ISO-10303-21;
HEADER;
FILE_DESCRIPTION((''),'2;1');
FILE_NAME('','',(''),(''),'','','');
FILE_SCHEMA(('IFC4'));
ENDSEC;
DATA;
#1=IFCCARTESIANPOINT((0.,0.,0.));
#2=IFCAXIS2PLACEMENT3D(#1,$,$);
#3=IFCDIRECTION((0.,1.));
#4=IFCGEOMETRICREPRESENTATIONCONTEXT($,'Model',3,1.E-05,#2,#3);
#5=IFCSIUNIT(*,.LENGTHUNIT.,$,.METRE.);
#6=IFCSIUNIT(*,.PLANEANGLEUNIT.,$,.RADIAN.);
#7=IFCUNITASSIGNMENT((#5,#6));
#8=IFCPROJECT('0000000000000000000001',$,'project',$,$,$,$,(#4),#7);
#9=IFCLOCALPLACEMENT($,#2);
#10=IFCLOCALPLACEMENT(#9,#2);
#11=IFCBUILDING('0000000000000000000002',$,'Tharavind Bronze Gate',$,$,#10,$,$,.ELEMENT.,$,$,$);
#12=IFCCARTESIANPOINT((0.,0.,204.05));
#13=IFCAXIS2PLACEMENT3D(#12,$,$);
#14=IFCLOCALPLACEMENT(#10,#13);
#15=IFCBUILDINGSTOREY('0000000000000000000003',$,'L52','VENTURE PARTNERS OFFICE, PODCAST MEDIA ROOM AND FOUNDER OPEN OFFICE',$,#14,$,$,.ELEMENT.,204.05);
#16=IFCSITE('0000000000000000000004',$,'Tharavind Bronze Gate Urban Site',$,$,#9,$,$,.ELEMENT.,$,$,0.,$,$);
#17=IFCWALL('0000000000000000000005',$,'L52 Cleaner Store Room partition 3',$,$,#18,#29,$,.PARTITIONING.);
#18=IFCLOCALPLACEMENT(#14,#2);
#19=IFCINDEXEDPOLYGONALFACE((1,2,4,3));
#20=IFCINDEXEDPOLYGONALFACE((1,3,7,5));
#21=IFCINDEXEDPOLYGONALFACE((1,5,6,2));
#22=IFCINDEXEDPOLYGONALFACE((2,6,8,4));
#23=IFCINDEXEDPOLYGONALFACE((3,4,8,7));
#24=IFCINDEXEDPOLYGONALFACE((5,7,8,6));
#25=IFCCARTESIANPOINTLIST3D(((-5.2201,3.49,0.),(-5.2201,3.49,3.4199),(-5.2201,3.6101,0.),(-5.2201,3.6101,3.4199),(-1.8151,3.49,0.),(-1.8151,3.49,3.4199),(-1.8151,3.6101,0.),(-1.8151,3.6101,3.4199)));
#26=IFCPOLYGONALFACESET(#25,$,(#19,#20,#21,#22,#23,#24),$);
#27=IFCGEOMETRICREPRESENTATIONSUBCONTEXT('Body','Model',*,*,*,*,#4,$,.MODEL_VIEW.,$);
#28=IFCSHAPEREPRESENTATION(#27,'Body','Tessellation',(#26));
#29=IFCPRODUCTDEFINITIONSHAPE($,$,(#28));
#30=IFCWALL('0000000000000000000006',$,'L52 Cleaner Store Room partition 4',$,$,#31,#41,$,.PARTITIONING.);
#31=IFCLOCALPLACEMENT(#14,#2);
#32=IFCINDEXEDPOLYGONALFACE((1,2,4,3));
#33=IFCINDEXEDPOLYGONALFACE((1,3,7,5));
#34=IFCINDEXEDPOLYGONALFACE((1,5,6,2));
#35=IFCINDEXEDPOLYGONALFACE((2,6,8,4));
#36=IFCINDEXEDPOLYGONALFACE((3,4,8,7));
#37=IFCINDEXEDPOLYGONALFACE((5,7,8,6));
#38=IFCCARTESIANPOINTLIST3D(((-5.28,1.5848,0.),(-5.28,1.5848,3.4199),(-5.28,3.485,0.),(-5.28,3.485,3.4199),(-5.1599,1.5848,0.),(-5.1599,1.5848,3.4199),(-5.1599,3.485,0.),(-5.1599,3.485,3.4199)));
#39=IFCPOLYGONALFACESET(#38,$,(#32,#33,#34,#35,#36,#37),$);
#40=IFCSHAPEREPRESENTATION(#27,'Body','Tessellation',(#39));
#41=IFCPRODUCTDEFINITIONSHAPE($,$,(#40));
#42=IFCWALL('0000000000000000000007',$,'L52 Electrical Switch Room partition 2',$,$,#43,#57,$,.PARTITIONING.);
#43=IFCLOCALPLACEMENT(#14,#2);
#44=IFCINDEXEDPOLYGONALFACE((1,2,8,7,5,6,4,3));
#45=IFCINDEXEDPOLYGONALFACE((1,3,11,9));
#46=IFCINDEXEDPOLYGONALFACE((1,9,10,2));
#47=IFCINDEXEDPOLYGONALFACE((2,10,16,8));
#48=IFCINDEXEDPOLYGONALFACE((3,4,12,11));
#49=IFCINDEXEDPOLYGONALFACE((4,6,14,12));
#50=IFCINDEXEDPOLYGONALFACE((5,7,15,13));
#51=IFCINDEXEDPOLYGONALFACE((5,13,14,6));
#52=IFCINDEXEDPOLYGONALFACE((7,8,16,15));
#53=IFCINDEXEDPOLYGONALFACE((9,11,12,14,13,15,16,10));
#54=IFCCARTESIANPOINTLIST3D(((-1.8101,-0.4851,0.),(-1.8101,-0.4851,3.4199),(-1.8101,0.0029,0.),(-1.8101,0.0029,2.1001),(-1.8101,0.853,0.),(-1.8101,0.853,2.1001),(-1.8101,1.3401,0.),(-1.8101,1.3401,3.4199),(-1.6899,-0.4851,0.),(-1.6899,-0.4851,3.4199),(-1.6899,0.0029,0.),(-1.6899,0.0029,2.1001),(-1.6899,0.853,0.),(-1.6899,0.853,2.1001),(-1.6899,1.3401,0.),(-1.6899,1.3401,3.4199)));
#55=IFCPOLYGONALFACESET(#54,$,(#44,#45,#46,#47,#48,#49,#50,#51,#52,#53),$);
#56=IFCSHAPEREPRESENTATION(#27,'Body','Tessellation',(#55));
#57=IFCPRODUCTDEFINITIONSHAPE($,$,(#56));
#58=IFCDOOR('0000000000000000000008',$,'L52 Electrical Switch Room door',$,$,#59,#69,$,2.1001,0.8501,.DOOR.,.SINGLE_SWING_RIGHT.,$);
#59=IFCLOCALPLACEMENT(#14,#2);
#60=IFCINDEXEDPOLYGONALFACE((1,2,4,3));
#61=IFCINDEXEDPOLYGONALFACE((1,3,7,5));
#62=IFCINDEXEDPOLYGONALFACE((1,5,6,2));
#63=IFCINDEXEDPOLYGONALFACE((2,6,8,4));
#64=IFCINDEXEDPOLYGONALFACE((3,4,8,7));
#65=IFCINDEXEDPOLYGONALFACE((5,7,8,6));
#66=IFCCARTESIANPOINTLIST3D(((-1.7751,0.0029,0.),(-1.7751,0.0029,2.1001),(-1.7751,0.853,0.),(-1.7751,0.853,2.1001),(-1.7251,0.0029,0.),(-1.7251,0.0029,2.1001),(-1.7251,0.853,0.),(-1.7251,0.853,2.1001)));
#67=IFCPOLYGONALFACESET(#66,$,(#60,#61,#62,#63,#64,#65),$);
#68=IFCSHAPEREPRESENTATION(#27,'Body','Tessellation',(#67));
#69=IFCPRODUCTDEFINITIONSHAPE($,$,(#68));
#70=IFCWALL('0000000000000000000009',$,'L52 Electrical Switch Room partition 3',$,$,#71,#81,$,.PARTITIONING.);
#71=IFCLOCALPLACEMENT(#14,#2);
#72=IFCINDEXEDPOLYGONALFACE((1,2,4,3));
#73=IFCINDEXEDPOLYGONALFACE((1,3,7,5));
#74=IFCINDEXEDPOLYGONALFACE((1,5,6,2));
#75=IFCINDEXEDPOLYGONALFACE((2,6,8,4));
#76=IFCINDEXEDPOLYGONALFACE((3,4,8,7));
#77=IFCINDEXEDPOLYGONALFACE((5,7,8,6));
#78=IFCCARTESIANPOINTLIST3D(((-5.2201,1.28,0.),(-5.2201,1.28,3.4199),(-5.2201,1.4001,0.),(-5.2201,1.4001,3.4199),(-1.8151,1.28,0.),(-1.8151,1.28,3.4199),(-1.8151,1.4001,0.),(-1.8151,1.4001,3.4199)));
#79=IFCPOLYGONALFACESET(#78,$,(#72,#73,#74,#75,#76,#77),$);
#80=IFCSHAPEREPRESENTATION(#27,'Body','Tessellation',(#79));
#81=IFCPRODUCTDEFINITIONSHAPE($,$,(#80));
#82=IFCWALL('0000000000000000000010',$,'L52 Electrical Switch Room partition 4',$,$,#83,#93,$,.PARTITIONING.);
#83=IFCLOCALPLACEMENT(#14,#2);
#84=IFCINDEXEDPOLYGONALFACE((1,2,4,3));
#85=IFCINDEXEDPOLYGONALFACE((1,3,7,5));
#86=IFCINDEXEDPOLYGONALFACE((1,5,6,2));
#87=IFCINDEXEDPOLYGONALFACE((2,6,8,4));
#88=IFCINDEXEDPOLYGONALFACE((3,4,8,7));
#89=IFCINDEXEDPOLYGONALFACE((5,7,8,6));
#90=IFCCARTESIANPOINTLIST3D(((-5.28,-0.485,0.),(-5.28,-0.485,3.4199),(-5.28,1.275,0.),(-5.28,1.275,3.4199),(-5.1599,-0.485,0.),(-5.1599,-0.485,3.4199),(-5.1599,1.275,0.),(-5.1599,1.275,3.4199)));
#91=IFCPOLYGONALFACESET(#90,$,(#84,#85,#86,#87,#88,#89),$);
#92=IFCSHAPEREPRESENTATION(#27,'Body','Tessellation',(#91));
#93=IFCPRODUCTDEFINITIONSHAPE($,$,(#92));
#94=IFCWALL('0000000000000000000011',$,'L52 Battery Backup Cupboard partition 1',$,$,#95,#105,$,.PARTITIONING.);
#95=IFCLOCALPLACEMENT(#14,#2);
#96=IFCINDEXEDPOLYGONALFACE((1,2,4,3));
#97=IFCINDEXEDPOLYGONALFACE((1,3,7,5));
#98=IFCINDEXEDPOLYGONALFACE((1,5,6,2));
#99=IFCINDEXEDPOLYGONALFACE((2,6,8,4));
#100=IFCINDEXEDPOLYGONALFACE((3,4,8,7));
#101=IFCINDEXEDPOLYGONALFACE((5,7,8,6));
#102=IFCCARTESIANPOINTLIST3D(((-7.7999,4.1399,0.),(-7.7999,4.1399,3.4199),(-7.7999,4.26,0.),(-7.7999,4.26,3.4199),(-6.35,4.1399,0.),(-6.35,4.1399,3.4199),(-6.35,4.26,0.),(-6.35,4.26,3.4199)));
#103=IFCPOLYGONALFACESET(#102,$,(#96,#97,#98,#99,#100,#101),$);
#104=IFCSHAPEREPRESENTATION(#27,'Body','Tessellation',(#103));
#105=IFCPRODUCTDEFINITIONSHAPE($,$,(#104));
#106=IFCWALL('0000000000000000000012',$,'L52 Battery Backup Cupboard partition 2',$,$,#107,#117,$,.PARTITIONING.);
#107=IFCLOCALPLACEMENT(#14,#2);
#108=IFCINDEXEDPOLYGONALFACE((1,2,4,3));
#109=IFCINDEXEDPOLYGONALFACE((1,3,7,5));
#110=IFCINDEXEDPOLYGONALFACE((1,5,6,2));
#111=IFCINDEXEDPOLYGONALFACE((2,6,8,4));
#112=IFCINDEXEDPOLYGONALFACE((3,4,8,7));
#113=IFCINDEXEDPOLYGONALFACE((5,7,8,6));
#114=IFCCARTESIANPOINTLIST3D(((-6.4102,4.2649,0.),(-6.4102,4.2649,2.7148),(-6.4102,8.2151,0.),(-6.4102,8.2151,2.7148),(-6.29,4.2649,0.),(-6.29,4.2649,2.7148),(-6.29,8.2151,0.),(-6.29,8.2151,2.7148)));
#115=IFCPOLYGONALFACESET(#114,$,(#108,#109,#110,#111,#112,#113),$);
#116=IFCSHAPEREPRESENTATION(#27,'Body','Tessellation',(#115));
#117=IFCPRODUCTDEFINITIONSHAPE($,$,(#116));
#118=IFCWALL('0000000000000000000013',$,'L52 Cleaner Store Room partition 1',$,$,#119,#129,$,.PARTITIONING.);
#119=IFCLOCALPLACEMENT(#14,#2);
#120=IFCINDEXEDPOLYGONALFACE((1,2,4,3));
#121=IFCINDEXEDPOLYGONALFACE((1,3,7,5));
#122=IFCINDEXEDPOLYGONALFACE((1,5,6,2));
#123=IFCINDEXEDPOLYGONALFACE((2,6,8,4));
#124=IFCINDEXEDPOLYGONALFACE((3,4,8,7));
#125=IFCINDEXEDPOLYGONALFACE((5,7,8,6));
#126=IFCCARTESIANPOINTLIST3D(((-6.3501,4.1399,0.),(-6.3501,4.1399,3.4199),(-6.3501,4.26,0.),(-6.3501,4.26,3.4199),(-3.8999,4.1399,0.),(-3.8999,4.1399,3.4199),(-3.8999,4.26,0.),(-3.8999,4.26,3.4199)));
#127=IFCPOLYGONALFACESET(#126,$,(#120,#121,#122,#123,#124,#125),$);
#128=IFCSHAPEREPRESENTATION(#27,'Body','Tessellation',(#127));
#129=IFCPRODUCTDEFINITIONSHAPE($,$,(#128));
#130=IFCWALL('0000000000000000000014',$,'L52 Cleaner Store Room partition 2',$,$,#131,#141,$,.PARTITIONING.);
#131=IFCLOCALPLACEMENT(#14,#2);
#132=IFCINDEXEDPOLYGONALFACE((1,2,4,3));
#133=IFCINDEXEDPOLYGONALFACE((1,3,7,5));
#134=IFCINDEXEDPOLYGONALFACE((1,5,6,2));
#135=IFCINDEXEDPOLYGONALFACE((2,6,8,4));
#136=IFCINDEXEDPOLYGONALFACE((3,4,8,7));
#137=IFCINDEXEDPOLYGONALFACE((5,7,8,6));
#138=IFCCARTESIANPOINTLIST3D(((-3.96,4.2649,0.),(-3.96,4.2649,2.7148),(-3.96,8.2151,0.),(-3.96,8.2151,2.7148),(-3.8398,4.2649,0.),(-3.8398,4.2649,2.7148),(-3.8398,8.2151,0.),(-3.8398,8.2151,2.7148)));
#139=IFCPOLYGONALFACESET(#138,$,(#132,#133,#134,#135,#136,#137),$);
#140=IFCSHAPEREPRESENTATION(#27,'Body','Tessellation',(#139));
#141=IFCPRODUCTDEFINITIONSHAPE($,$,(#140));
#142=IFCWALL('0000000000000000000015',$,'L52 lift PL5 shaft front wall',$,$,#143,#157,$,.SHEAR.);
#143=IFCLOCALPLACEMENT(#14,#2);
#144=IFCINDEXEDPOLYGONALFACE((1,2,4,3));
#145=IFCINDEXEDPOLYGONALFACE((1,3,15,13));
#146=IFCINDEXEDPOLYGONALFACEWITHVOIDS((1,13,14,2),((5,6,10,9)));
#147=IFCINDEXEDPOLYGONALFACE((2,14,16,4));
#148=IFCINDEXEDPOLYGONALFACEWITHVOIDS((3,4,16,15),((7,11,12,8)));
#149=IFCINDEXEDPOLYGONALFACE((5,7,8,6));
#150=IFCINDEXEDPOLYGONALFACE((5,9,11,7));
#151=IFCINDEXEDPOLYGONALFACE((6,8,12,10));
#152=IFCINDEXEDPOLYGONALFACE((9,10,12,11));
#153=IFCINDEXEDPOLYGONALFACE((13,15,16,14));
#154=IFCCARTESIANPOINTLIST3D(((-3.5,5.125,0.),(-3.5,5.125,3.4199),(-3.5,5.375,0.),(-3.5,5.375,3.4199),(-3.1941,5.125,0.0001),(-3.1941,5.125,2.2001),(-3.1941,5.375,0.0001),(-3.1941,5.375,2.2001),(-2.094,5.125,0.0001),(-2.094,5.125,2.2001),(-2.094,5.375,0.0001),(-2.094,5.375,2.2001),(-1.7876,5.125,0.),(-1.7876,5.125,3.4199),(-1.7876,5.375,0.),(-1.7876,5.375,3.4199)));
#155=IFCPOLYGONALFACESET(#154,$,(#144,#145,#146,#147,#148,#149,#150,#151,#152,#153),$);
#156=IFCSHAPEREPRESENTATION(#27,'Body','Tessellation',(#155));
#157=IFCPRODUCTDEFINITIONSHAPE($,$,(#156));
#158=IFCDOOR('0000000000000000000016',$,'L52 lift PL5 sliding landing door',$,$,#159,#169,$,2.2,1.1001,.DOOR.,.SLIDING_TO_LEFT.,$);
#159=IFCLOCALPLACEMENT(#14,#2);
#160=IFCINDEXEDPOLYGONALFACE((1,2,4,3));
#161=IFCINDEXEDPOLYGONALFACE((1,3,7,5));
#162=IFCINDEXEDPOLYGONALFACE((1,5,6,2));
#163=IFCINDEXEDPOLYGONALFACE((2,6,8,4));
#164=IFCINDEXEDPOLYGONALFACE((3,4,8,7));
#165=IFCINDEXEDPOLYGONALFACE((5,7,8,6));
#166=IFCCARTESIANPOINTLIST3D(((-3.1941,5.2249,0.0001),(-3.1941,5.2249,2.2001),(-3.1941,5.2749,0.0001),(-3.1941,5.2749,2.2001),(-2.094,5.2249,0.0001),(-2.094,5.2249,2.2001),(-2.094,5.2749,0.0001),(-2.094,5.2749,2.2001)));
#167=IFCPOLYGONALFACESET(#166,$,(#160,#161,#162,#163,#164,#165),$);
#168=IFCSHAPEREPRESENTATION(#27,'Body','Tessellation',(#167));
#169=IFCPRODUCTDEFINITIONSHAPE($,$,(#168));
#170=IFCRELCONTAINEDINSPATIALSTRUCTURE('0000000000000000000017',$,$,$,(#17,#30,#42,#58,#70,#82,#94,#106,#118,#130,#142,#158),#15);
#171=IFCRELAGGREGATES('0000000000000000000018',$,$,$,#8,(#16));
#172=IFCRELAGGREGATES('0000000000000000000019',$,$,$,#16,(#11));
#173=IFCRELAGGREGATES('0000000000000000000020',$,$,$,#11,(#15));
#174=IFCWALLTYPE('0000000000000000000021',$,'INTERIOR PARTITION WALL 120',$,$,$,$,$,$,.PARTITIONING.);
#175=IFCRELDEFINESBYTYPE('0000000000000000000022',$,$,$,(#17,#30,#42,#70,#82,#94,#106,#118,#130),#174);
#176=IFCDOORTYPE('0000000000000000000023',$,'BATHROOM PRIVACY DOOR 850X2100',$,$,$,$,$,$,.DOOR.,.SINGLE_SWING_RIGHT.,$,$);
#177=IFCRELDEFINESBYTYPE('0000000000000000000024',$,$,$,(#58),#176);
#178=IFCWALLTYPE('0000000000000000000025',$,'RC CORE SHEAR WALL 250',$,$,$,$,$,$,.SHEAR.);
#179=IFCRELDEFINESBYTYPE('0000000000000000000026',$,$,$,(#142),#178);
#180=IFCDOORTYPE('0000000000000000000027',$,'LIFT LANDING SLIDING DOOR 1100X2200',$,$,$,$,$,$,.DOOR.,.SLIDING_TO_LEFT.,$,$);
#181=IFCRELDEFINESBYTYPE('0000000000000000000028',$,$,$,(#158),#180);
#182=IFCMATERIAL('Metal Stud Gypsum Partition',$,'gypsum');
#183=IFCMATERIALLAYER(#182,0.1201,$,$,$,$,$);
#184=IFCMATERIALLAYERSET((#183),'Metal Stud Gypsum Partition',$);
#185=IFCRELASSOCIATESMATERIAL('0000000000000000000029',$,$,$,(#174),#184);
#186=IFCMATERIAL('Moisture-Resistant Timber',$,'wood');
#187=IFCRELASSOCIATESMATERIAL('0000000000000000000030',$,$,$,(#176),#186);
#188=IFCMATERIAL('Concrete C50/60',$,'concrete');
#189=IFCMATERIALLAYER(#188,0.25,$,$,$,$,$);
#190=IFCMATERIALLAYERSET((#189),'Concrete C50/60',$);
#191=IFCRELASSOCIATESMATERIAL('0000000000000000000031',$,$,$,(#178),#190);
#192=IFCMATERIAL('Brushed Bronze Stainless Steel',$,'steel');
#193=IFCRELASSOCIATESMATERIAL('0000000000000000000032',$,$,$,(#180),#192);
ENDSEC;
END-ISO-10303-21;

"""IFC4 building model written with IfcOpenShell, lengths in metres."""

from ifc_helpers import new_model, si_unit, direction, frame, frame_2d, origin, place, context, subcontext, project, spatial, rectangle, extrude, material, layer, layer_set, type_object, element, fill, save


model = new_model("IFC4")

# Units and contexts
model_context = context("Model", 3, precision=1e-05, world=origin(), true_north=direction((0.0, 1.0)))
body_context = subcontext(model_context, "Body", "Model", "MODEL_VIEW")
ifc_project = project(units=[si_unit("LENGTHUNIT", "METRE"), si_unit("PLANEANGLEUNIT", "RADIAN")], contexts=[model_context])

# Site, building, storey
site_placement = place(None, origin())
site = spatial("IfcSite", under=ifc_project, at=site_placement, Name="Tharavind Bronze Gate Urban Site", CompositionType="ELEMENT", RefElevation=0.0)
building_placement = place(site_placement, origin())
building = spatial("IfcBuilding", under=site, at=building_placement, Name="Tharavind Bronze Gate", CompositionType="ELEMENT")
storey_placement = place(building_placement, frame((0.0, 0.0, 204.05)))
storey = spatial("IfcBuildingStorey", under=building, at=storey_placement, Name="L52", Description="VENTURE PARTNERS OFFICE, PODCAST MEDIA ROOM AND FOUNDER OPEN OFFICE", CompositionType="ELEMENT", Elevation=204.05)

# Shared definitions
ifc_material_1 = material(Name="Metal Stud Gypsum Partition", Category="gypsum")
ifc_layer_1 = layer(ifc_material_1, 0.1201)
ifc_layer_set_1 = layer_set([ifc_layer_1], Name="Metal Stud Gypsum Partition")
wall_type_1 = type_object("IfcWallType", Name="INTERIOR PARTITION WALL 120", PredefinedType="PARTITIONING", material=ifc_layer_set_1)

# Shared definitions
ifc_material_2 = material(Name="Moisture-Resistant Timber", Category="wood")
door_type_1 = type_object("IfcDoorType", Name="BATHROOM PRIVACY DOOR 850X2100", OperationType="SINGLE_SWING_RIGHT", PredefinedType="DOOR", material=ifc_material_2)

# Walls
wall_1_placement = place(storey_placement, frame((-1.8149, 3.55, 0.0), z_axis=(0.0, 0.0, 1.0), x_axis=(-1.0, 0.0, 0.0)))
element("IfcWall", 1, at=wall_1_placement, inside=storey, type_object=wall_type_1, Name="L52 Cleaner Store Room partition 3", PredefinedType="PARTITIONING", context=body_context, shape_type="SweptSolid", body=[
    extrude(rectangle(XDim=3.405, YDim=0.1201, at=frame_2d((1.7026, 0.0))), origin(), (0.0, 0.0, 1.0), 3.4199),
])
wall_2_placement = place(storey_placement, frame((-5.22, 3.4851, 0.0), z_axis=(0.0, 0.0, 1.0), x_axis=(0.0, -1.0, 0.0)))
element("IfcWall", 2, at=wall_2_placement, inside=storey, type_object=wall_type_1, Name="L52 Cleaner Store Room partition 4", PredefinedType="PARTITIONING", context=body_context, shape_type="SweptSolid", body=[
    extrude(rectangle(XDim=1.9001, YDim=0.1201, at=frame_2d((0.9502, 0.0))), origin(), (0.0, 0.0, 1.0), 3.4199),
])

# Wall, opening, door
wall_3_placement = place(storey_placement, frame((-1.75, -0.4851, 0.0), z_axis=(0.0, 0.0, 1.0), x_axis=(0.0, 1.0, 0.0)))
wall_3 = element("IfcWall", 3, at=wall_3_placement, inside=storey, type_object=wall_type_1, Name="L52 Electrical Switch Room partition 2", PredefinedType="PARTITIONING", context=body_context, shape_type="SweptSolid", body=[
    extrude(rectangle(XDim=1.8252, YDim=0.1201, at=frame_2d((0.9126, 0.0))), origin(), (0.0, 0.0, 1.0), 3.4199),
])
opening_1_placement = place(wall_3_placement, frame((0.488, 0.0, 0.0)))
opening_1 = element("IfcOpeningElement", 4, at=opening_1_placement, cuts=wall_3, PredefinedType="OPENING", context=body_context, shape_type="SweptSolid", body=[
    extrude(rectangle(XDim=0.8501, YDim=2.1001, at=frame_2d((0.425, 1.05))), frame((0.0, 0.0701, 0.0), z_axis=(0.0, -1.0, 0.0), x_axis=(1.0, 0.0, 0.0)), (0.0, 0.0, 1.0), 0.1401),
])
door_1_placement = place(opening_1_placement, frame((0.8501, 0.0, 0.0), z_axis=(0.0, 0.0, 1.0), x_axis=(-1.0, 0.0, 0.0)))
door_1 = element("IfcDoor", 5, at=door_1_placement, inside=storey, type_object=door_type_1, Name="L52 Electrical Switch Room door", OperationType="SINGLE_SWING_RIGHT", OverallHeight=2.1001, OverallWidth=0.8501, PredefinedType="DOOR", context=body_context, shape_type="SweptSolid", body=[
    extrude(rectangle(XDim=0.8501, YDim=2.1001, at=frame_2d((0.425, 1.05))), frame((0.0, 0.0249, 0.0), z_axis=(0.0, -1.0, 0.0), x_axis=(1.0, 0.0, 0.0)), (0.0, 0.0, 1.0), 0.05),
])
fill(opening_1, door_1)

# Walls
wall_4_placement = place(storey_placement, frame((-1.8149, 1.3401, 0.0), z_axis=(0.0, 0.0, 1.0), x_axis=(-1.0, 0.0, 0.0)))
element("IfcWall", 6, at=wall_4_placement, inside=storey, type_object=wall_type_1, Name="L52 Electrical Switch Room partition 3", PredefinedType="PARTITIONING", context=body_context, shape_type="SweptSolid", body=[
    extrude(rectangle(XDim=3.405, YDim=0.1201, at=frame_2d((1.7026, 0.0))), origin(), (0.0, 0.0, 1.0), 3.4199),
])
wall_5_placement = place(storey_placement, frame((-5.22, 1.2749, 0.0), z_axis=(0.0, 0.0, 1.0), x_axis=(0.0, -1.0, 0.0)))
element("IfcWall", 7, at=wall_5_placement, inside=storey, type_object=wall_type_1, Name="L52 Electrical Switch Room partition 4", PredefinedType="PARTITIONING", context=body_context, shape_type="SweptSolid", body=[
    extrude(rectangle(XDim=1.76, YDim=0.1201, at=frame_2d((0.8799, 0.0))), origin(), (0.0, 0.0, 1.0), 3.4199),
])
wall_6_placement = place(storey_placement, frame((-7.8, 4.2, 0.0), z_axis=(0.0, 0.0, 1.0), x_axis=(1.0, 0.0, 0.0)))
element("IfcWall", 8, at=wall_6_placement, inside=storey, type_object=wall_type_1, Name="L52 Battery Backup Cupboard partition 1", PredefinedType="PARTITIONING", context=body_context, shape_type="SweptSolid", body=[
    extrude(rectangle(XDim=1.45, YDim=0.1201, at=frame_2d((0.7251, 0.0))), origin(), (0.0, 0.0, 1.0), 3.4199),
])
wall_7_placement = place(storey_placement, frame((-6.3501, 4.2649, 0.0), z_axis=(0.0, 0.0, 1.0), x_axis=(0.0, 1.0, 0.0)))
element("IfcWall", 9, at=wall_7_placement, inside=storey, type_object=wall_type_1, Name="L52 Battery Backup Cupboard partition 2", PredefinedType="PARTITIONING", context=body_context, shape_type="SweptSolid", body=[
    extrude(rectangle(XDim=3.9502, YDim=0.1201, at=frame_2d((1.9751, 0.0))), origin(), (0.0, 0.0, 1.0), 2.7148),
])
wall_8_placement = place(storey_placement, frame((-6.3501, 4.2, 0.0), z_axis=(0.0, 0.0, 1.0), x_axis=(1.0, 0.0, 0.0)))
element("IfcWall", 10, at=wall_8_placement, inside=storey, type_object=wall_type_1, Name="L52 Cleaner Store Room partition 1", PredefinedType="PARTITIONING", context=body_context, shape_type="SweptSolid", body=[
    extrude(rectangle(XDim=2.4502, YDim=0.1201, at=frame_2d((1.2251, 0.0))), origin(), (0.0, 0.0, 1.0), 3.4199),
])
wall_9_placement = place(storey_placement, frame((-3.8999, 4.2649, 0.0), z_axis=(0.0, 0.0, 1.0), x_axis=(0.0, 1.0, 0.0)))
element("IfcWall", 11, at=wall_9_placement, inside=storey, type_object=wall_type_1, Name="L52 Cleaner Store Room partition 2", PredefinedType="PARTITIONING", context=body_context, shape_type="SweptSolid", body=[
    extrude(rectangle(XDim=3.9502, YDim=0.1201, at=frame_2d((1.9751, 0.0))), origin(), (0.0, 0.0, 1.0), 2.7148),
])

# Wall, opening, door
ifc_material_3 = material(Name="Concrete C50/60", Category="concrete")
ifc_layer_2 = layer(ifc_material_3, 0.25)
ifc_layer_set_2 = layer_set([ifc_layer_2], Name="Concrete C50/60")
wall_type_2 = type_object("IfcWallType", Name="RC CORE SHEAR WALL 250", PredefinedType="SHEAR", material=ifc_layer_set_2)
wall_10_placement = place(storey_placement, frame((-3.5, 5.25, 0.0), z_axis=(0.0, 0.0, 1.0), x_axis=(1.0, 0.0, 0.0)))
wall_10 = element("IfcWall", 12, at=wall_10_placement, inside=storey, type_object=wall_type_2, Name="L52 lift PL5 shaft front wall", PredefinedType="SHEAR", context=body_context, shape_type="SweptSolid", body=[
    extrude(rectangle(XDim=1.7124, YDim=0.25, at=frame_2d((0.8562, 0.0))), origin(), (0.0, 0.0, 1.0), 3.4199),
])
opening_2_placement = place(wall_10_placement, frame((0.3059, 0.0, 0.0)))
opening_2 = element("IfcOpeningElement", 13, at=opening_2_placement, cuts=wall_10, PredefinedType="OPENING", context=body_context, shape_type="SweptSolid", body=[
    extrude(rectangle(XDim=1.1001, YDim=2.2, at=frame_2d((0.55, 1.1001))), frame((0.0, 0.135, 0.0), z_axis=(0.0, -1.0, 0.0), x_axis=(1.0, 0.0, 0.0)), (0.0, 0.0, 1.0), 0.27),
])
ifc_material_4 = material(Name="Brushed Bronze Stainless Steel", Category="steel")
door_type_2 = type_object("IfcDoorType", Name="LIFT LANDING SLIDING DOOR 1100X2200", OperationType="SLIDING_TO_LEFT", PredefinedType="DOOR", material=ifc_material_4)
door_2_placement = place(opening_2_placement, origin())
door_2 = element("IfcDoor", 14, at=door_2_placement, inside=storey, type_object=door_type_2, Name="L52 lift PL5 sliding landing door", OperationType="SLIDING_TO_LEFT", OverallHeight=2.2, OverallWidth=1.1001, PredefinedType="DOOR", context=body_context, shape_type="SweptSolid", body=[
    extrude(rectangle(XDim=1.1001, YDim=2.2, at=frame_2d((0.55, 1.1001))), frame((0.0, 0.0249, 0.0), z_axis=(0.0, -1.0, 0.0), x_axis=(1.0, 0.0, 0.0)), (0.0, 0.0, 1.0), 0.05),
])
fill(opening_2, door_2)

save(model, "model.ifc")
